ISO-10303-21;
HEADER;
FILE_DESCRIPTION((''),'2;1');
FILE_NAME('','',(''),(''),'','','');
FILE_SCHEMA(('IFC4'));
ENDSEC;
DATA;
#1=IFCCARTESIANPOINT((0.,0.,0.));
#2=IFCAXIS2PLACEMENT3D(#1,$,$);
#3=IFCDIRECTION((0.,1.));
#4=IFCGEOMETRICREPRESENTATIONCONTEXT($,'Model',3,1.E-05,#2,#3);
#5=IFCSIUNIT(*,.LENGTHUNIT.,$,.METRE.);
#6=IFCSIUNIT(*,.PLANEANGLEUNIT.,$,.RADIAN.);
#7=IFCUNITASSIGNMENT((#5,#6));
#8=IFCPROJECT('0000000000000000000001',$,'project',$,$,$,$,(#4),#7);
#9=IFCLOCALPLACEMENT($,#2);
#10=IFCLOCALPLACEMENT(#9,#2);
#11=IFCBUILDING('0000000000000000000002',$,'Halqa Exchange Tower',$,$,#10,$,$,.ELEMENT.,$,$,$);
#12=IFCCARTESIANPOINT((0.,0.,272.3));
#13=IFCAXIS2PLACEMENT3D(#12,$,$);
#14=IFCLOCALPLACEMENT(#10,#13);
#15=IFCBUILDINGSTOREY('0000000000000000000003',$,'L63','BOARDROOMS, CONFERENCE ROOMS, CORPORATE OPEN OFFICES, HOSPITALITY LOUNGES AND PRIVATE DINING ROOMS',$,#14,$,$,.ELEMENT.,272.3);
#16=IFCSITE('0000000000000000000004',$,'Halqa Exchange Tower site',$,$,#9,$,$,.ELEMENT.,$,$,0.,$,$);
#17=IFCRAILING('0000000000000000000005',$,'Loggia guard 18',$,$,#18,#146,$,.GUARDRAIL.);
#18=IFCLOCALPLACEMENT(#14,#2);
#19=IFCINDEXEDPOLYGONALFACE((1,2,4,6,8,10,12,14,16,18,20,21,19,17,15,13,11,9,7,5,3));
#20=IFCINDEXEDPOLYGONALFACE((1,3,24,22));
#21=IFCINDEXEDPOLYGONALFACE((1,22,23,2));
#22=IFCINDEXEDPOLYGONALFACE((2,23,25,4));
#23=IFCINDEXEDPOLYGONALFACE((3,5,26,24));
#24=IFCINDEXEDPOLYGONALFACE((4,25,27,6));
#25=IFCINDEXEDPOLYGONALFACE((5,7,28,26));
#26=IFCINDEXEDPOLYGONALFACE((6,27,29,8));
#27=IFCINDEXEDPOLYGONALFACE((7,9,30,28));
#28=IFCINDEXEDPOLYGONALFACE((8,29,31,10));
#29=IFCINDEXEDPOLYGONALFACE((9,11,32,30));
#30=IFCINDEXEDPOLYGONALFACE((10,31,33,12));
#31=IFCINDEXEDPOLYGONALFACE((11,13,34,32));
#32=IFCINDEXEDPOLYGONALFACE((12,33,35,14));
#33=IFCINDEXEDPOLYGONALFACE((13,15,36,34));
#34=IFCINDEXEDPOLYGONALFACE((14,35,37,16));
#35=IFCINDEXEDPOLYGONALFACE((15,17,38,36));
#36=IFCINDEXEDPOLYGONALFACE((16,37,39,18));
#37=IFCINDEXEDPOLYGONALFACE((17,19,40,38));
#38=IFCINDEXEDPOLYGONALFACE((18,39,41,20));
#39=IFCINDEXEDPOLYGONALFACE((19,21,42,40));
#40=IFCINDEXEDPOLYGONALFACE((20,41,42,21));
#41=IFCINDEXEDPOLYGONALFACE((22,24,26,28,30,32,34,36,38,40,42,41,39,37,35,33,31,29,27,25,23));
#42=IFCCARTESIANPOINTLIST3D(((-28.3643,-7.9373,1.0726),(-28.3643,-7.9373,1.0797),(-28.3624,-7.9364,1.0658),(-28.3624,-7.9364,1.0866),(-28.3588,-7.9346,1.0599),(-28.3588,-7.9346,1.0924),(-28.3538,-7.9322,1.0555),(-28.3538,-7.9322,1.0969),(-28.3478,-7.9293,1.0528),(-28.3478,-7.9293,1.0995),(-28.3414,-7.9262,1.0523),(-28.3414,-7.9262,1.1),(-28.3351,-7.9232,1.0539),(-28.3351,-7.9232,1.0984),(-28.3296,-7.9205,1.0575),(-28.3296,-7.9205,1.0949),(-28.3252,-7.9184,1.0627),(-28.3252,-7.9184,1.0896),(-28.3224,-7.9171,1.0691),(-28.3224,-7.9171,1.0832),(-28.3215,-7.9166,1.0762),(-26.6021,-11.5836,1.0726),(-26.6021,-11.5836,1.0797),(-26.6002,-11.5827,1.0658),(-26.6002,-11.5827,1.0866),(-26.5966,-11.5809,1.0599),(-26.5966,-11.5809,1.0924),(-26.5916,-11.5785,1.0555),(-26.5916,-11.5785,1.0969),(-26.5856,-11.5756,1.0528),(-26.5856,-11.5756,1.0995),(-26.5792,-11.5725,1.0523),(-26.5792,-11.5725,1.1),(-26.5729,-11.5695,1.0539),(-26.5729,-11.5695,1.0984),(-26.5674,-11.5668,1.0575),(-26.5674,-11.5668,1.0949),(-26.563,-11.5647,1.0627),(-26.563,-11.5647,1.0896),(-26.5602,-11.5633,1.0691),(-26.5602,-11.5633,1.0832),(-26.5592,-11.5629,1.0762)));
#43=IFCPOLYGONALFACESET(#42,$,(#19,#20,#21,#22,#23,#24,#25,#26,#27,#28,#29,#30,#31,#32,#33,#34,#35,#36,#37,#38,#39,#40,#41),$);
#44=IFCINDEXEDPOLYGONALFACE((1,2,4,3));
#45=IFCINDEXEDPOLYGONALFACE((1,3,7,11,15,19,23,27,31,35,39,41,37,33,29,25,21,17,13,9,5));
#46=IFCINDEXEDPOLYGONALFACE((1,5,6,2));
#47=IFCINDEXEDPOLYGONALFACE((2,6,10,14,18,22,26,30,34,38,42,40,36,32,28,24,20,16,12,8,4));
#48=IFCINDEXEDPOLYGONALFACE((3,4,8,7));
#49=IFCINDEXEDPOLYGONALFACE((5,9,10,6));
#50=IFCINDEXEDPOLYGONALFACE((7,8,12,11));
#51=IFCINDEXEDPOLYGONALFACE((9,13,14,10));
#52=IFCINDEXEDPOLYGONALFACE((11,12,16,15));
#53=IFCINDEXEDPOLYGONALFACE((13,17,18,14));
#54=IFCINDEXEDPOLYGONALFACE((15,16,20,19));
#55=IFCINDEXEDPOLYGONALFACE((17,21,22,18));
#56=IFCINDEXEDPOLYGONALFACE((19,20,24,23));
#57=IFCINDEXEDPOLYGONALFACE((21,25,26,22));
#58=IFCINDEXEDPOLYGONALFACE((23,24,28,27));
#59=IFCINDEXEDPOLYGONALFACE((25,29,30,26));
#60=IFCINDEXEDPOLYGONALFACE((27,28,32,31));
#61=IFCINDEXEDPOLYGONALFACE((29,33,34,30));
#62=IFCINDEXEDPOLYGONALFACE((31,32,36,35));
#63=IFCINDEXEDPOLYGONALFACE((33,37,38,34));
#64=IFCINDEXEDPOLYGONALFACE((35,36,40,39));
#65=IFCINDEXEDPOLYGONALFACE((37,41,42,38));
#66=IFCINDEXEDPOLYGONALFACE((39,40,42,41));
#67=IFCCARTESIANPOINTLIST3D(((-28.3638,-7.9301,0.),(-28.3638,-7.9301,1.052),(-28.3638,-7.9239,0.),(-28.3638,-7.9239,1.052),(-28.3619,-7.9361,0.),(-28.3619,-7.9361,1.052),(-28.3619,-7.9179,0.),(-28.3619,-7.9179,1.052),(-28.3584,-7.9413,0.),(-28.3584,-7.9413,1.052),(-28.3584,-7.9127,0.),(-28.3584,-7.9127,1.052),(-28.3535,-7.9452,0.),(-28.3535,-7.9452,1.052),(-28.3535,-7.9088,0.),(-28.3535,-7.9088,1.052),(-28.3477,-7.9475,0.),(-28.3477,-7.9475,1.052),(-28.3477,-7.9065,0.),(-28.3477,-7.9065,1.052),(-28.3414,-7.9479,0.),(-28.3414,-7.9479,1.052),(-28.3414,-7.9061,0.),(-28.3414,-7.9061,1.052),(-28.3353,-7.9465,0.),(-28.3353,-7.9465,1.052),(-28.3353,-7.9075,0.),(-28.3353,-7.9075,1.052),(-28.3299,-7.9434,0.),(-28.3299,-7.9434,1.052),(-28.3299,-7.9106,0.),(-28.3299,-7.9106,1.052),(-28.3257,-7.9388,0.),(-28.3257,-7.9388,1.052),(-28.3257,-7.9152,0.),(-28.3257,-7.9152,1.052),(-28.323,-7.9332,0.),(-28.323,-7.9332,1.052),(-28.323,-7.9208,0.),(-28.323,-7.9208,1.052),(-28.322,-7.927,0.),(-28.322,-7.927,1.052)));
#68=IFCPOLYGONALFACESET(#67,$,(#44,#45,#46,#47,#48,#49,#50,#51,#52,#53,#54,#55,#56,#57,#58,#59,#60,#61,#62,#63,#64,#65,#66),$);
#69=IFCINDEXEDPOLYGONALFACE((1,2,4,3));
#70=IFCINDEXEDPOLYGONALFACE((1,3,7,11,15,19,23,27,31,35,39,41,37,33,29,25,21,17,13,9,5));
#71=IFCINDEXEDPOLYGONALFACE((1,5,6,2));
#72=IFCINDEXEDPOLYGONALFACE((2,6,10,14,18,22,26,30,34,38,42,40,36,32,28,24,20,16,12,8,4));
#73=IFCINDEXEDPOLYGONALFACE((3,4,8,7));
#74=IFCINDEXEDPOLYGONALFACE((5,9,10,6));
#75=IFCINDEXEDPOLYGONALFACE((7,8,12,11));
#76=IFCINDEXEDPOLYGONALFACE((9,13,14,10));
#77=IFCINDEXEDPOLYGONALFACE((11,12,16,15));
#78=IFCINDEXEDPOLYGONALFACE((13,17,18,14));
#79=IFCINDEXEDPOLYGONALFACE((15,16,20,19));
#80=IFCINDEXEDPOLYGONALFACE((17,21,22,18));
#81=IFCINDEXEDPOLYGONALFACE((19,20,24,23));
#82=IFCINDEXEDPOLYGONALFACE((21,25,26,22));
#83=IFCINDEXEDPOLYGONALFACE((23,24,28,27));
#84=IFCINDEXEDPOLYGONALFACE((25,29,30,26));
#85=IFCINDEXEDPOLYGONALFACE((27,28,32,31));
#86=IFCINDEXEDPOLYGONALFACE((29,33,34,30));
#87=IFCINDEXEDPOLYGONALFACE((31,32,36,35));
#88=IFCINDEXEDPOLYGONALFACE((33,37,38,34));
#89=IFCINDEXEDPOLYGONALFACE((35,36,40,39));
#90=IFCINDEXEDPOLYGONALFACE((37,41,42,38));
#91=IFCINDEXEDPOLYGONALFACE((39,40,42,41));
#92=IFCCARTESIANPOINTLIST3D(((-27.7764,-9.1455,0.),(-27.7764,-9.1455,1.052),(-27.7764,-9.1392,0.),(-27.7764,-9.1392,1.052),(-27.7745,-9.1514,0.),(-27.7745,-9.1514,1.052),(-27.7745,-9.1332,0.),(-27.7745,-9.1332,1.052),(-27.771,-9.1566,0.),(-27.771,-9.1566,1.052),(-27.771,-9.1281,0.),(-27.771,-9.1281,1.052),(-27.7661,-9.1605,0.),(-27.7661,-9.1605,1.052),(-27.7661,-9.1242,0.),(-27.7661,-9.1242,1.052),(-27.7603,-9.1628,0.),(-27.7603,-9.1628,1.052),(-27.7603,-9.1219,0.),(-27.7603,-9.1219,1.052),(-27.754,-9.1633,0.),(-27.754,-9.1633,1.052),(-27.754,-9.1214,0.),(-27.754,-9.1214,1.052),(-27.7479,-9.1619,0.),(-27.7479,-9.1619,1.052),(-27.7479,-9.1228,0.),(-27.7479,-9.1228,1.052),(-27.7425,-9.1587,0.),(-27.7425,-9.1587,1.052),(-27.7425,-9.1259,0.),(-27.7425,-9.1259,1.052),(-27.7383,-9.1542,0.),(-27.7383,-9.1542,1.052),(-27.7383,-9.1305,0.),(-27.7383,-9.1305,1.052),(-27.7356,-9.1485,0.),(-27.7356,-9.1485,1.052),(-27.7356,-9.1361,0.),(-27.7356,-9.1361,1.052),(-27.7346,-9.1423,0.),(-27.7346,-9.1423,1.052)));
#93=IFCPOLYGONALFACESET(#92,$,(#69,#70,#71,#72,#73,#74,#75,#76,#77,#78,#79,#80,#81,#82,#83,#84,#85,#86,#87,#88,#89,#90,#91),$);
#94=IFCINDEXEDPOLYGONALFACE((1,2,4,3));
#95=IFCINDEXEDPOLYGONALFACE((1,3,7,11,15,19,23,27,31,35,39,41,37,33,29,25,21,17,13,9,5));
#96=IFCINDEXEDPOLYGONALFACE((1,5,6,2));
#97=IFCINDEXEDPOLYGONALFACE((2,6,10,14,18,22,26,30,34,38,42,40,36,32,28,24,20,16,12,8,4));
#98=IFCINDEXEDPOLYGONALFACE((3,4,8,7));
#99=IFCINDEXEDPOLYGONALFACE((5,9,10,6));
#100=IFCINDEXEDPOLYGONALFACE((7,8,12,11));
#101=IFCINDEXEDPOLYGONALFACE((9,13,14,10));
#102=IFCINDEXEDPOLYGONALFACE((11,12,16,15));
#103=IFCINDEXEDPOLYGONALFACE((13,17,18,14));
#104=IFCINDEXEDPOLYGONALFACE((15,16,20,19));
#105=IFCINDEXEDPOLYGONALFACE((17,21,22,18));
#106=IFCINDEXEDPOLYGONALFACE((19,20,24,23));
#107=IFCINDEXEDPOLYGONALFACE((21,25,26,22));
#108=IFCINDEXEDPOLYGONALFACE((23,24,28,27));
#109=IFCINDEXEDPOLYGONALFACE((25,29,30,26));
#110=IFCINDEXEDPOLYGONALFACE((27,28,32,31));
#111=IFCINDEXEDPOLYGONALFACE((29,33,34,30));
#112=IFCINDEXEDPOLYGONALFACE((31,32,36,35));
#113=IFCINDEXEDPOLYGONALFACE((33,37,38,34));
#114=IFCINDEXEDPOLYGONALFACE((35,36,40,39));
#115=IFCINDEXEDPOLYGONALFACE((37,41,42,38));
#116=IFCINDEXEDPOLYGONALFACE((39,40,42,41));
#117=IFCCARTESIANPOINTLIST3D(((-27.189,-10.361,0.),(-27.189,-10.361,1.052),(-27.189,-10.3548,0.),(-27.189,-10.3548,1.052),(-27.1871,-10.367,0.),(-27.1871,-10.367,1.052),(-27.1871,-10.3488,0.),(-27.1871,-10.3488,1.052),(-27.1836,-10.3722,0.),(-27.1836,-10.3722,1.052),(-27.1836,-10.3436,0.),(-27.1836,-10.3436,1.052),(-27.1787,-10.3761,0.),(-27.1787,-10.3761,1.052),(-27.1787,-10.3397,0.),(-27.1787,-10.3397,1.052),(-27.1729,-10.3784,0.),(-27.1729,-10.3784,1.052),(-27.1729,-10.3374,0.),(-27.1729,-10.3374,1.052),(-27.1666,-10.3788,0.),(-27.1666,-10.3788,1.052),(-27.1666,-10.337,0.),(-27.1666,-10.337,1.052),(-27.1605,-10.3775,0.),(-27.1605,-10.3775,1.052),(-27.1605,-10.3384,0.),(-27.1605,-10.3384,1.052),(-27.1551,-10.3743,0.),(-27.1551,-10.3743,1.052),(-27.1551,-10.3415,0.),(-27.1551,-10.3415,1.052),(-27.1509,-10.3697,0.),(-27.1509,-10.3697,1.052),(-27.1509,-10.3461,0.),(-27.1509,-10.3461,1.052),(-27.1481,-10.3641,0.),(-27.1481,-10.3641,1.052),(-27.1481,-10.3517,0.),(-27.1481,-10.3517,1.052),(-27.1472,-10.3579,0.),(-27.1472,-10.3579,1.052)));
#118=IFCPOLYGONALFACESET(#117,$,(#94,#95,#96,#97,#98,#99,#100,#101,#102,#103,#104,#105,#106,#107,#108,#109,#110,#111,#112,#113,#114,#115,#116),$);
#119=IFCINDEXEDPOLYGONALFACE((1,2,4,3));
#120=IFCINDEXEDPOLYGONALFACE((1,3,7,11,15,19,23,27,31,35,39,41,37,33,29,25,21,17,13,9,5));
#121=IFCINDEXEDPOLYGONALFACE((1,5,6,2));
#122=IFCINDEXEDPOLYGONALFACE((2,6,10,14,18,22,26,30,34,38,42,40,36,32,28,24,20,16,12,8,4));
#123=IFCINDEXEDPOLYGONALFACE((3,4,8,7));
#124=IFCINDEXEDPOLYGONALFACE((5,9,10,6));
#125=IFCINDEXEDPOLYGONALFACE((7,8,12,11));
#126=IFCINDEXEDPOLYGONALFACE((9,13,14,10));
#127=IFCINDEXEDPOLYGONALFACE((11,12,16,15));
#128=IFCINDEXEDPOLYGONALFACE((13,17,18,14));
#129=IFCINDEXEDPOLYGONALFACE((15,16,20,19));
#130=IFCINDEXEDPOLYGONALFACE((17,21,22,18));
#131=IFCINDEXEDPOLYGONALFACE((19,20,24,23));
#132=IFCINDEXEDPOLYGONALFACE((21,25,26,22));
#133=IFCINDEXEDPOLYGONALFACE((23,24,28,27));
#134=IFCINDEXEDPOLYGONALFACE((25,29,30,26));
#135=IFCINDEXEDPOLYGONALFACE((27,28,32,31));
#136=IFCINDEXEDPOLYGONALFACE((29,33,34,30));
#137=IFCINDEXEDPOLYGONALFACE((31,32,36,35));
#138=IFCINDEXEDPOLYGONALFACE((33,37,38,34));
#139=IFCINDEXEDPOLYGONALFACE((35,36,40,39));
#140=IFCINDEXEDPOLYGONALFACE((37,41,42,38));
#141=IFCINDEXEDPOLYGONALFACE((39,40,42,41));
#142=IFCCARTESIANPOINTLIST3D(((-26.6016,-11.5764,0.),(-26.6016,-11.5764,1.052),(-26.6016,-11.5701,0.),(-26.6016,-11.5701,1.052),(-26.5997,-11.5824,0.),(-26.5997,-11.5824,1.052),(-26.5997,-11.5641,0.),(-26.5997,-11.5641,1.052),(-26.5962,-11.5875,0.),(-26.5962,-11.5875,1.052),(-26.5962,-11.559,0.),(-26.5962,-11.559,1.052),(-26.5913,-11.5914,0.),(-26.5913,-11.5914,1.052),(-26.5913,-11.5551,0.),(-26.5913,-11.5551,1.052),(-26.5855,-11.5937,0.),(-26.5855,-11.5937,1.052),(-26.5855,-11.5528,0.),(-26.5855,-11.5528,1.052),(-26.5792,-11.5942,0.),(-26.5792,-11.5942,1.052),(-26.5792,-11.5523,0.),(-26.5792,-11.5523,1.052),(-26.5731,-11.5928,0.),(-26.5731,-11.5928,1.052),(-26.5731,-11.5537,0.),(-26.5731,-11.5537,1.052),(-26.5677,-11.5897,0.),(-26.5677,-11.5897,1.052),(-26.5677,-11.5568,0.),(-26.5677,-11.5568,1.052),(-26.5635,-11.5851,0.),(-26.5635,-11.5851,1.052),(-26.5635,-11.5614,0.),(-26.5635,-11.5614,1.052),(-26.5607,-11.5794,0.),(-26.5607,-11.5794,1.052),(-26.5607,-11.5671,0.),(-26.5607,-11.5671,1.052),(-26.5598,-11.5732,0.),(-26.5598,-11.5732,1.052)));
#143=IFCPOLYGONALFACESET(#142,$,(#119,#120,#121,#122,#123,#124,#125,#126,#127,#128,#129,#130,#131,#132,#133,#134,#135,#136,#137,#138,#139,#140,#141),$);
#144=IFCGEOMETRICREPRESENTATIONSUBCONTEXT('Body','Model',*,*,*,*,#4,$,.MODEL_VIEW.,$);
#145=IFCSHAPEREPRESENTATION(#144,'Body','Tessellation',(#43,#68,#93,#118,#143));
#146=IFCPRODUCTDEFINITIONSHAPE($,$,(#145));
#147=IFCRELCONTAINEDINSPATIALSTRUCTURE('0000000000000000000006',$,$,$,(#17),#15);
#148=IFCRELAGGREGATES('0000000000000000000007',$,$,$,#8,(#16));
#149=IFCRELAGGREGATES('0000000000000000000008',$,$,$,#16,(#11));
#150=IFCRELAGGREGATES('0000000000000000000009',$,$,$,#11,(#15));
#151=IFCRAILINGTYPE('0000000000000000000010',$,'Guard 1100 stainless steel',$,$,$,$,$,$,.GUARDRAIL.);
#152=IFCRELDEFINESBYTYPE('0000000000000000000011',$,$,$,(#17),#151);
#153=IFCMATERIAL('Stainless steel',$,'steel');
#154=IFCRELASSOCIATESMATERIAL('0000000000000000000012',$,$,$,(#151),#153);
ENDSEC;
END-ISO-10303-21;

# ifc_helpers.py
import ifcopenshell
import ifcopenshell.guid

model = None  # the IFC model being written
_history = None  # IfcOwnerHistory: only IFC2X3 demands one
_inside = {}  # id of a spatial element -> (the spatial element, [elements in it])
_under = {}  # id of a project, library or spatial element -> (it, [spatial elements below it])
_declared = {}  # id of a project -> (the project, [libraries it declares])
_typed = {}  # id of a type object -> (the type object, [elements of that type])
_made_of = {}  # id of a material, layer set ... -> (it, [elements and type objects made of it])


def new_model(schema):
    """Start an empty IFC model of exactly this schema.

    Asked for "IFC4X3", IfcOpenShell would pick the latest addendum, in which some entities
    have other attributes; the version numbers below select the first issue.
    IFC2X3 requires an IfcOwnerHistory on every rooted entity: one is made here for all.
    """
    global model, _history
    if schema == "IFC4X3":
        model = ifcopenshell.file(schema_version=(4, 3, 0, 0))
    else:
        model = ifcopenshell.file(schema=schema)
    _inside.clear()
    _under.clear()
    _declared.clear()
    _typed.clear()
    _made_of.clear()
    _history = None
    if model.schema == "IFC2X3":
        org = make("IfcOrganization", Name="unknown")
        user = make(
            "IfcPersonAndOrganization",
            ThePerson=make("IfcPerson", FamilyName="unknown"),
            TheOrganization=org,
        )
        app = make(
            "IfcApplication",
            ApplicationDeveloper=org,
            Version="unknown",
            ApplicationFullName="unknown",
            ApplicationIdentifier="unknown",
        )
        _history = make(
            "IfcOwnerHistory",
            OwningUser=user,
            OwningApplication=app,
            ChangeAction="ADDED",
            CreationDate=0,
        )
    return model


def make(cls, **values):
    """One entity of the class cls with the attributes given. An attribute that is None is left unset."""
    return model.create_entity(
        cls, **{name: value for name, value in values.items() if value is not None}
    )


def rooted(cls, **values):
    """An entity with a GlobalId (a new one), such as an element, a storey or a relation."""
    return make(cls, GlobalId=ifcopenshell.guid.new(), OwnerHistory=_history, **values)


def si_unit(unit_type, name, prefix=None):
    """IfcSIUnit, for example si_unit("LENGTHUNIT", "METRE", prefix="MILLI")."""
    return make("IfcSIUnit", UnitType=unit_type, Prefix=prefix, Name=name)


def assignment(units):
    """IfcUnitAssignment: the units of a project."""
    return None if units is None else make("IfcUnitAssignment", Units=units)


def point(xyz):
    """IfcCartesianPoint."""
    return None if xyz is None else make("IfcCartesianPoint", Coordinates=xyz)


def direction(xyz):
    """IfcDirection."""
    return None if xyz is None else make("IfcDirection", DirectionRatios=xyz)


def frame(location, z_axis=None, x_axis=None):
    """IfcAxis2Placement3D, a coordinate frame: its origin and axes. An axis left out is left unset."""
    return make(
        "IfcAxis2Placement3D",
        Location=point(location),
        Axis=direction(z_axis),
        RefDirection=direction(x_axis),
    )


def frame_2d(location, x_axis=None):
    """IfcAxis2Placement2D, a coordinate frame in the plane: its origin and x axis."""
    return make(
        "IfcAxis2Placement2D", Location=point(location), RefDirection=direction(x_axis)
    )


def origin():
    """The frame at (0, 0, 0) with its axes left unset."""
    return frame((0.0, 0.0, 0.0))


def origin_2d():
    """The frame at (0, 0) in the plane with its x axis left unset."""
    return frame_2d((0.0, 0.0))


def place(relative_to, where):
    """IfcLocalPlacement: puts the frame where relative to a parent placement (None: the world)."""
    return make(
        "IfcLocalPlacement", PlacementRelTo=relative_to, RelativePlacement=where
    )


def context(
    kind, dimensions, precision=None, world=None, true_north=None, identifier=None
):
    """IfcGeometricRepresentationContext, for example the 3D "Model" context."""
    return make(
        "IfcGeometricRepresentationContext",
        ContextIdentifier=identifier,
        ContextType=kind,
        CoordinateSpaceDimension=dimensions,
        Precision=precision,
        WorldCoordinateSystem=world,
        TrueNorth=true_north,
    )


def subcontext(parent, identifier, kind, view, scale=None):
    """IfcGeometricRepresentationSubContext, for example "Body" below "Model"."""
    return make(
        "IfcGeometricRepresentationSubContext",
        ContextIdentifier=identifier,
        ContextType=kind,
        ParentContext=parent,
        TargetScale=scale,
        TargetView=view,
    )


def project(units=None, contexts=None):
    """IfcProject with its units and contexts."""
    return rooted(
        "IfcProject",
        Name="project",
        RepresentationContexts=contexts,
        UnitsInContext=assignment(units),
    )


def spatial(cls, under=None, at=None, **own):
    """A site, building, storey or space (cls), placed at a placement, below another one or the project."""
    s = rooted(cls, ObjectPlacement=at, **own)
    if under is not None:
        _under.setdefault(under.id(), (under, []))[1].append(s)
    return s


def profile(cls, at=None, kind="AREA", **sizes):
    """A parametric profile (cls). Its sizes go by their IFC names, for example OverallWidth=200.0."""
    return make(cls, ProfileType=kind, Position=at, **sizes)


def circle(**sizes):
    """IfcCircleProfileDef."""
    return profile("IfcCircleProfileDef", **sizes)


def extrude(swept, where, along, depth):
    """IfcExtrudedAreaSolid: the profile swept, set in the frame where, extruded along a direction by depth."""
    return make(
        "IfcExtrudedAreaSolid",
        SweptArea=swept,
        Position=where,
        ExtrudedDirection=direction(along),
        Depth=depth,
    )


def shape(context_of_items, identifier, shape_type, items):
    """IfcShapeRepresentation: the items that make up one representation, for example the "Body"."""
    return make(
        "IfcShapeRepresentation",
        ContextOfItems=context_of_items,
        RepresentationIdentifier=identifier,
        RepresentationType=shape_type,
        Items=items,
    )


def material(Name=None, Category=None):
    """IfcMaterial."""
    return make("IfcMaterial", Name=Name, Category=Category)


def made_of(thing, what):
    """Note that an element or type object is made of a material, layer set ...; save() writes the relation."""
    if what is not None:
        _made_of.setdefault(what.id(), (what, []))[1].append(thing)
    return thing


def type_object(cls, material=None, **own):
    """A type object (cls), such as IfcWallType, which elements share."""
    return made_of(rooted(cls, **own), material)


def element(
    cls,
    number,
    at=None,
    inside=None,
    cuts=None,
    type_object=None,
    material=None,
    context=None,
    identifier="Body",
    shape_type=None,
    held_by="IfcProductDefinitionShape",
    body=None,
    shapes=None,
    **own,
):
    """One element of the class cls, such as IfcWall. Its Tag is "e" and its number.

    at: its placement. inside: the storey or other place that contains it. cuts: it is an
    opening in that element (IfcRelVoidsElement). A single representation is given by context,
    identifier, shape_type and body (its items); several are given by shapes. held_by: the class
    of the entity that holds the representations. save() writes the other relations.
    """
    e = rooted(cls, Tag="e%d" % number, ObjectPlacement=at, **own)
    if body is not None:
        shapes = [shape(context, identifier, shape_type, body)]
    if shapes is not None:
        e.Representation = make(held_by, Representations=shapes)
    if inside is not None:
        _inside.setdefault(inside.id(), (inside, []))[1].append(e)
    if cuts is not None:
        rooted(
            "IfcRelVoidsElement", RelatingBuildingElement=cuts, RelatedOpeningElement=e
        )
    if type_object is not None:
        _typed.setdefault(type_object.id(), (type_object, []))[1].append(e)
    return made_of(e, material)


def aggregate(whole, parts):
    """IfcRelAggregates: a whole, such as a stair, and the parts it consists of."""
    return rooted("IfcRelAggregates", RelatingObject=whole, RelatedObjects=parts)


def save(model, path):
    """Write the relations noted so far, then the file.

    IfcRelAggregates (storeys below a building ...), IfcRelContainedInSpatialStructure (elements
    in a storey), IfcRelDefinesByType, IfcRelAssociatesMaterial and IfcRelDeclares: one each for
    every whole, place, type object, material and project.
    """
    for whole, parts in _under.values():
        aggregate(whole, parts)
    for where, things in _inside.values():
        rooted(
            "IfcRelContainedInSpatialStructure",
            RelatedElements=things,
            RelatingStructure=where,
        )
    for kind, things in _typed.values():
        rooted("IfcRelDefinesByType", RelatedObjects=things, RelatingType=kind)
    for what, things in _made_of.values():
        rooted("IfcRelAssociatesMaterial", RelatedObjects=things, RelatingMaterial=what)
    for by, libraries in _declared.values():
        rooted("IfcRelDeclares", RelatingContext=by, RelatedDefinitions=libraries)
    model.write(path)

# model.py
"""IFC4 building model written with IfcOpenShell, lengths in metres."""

from ifc_helpers import new_model, si_unit, direction, frame, origin, origin_2d, place, context, subcontext, project, spatial, circle, extrude, material, type_object, element, save


model = new_model("IFC4")

# Units and contexts
model_context = context("Model", 3, precision=1e-05, world=origin(), true_north=direction((0.0, 1.0)))
body_context = subcontext(model_context, "Body", "Model", "MODEL_VIEW")
ifc_project = project(units=[si_unit("LENGTHUNIT", "METRE"), si_unit("PLANEANGLEUNIT", "RADIAN")], contexts=[model_context])

# Site, building, storey
site_placement = place(None, origin())
site = spatial("IfcSite", under=ifc_project, at=site_placement, Name="Halqa Exchange Tower site", CompositionType="ELEMENT", RefElevation=0.0)
building_placement = place(site_placement, origin())
building = spatial("IfcBuilding", under=site, at=building_placement, Name="Halqa Exchange Tower", CompositionType="ELEMENT")
storey_placement = place(building_placement, frame((0.0, 0.0, 272.3)))
storey = spatial("IfcBuildingStorey", under=building, at=storey_placement, Name="L63", Description="BOARDROOMS, CONFERENCE ROOMS, CORPORATE OPEN OFFICES, HOSPITALITY LOUNGES AND PRIVATE DINING ROOMS", CompositionType="ELEMENT", Elevation=272.3)

# Railing
ifc_material_1 = material(Name="Stainless steel", Category="steel")
railing_type = type_object("IfcRailingType", Name="Guard 1100 stainless steel", PredefinedType="GUARDRAIL", material=ifc_material_1)
railing_1_placement = place(storey_placement, frame((-28.343, -7.927, 0.0)))
element("IfcRailing", 1, at=railing_1_placement, inside=storey, type_object=railing_type, Name="Loggia guard 18", PredefinedType="GUARDRAIL", context=body_context, shape_type="SweptSolid", body=[
    extrude(circle(Radius=0.0239, at=origin_2d()), frame((0.0, 0.0, 1.0762), z_axis=(0.43514, -0.900363, 0.0), x_axis=(0.900363, 0.43514, 0.0)), (0.0, 0.0, 1.0), 4.0498),
    extrude(circle(Radius=0.021, at=origin_2d()), origin(), (0.0, 0.0, 1.0), 1.052),
    extrude(circle(Radius=0.021, at=origin_2d()), frame((0.5874, -1.2153, 0.0)), (0.0, 0.0, 1.0), 1.052),
    extrude(circle(Radius=0.021, at=origin_2d()), frame((1.1748, -2.4309, 0.0)), (0.0, 0.0, 1.0), 1.052),
    extrude(circle(Radius=0.021, at=origin_2d()), frame((1.7622, -3.6462, 0.0)), (0.0, 0.0, 1.0), 1.052),
])

save(model, "model.ifc")
